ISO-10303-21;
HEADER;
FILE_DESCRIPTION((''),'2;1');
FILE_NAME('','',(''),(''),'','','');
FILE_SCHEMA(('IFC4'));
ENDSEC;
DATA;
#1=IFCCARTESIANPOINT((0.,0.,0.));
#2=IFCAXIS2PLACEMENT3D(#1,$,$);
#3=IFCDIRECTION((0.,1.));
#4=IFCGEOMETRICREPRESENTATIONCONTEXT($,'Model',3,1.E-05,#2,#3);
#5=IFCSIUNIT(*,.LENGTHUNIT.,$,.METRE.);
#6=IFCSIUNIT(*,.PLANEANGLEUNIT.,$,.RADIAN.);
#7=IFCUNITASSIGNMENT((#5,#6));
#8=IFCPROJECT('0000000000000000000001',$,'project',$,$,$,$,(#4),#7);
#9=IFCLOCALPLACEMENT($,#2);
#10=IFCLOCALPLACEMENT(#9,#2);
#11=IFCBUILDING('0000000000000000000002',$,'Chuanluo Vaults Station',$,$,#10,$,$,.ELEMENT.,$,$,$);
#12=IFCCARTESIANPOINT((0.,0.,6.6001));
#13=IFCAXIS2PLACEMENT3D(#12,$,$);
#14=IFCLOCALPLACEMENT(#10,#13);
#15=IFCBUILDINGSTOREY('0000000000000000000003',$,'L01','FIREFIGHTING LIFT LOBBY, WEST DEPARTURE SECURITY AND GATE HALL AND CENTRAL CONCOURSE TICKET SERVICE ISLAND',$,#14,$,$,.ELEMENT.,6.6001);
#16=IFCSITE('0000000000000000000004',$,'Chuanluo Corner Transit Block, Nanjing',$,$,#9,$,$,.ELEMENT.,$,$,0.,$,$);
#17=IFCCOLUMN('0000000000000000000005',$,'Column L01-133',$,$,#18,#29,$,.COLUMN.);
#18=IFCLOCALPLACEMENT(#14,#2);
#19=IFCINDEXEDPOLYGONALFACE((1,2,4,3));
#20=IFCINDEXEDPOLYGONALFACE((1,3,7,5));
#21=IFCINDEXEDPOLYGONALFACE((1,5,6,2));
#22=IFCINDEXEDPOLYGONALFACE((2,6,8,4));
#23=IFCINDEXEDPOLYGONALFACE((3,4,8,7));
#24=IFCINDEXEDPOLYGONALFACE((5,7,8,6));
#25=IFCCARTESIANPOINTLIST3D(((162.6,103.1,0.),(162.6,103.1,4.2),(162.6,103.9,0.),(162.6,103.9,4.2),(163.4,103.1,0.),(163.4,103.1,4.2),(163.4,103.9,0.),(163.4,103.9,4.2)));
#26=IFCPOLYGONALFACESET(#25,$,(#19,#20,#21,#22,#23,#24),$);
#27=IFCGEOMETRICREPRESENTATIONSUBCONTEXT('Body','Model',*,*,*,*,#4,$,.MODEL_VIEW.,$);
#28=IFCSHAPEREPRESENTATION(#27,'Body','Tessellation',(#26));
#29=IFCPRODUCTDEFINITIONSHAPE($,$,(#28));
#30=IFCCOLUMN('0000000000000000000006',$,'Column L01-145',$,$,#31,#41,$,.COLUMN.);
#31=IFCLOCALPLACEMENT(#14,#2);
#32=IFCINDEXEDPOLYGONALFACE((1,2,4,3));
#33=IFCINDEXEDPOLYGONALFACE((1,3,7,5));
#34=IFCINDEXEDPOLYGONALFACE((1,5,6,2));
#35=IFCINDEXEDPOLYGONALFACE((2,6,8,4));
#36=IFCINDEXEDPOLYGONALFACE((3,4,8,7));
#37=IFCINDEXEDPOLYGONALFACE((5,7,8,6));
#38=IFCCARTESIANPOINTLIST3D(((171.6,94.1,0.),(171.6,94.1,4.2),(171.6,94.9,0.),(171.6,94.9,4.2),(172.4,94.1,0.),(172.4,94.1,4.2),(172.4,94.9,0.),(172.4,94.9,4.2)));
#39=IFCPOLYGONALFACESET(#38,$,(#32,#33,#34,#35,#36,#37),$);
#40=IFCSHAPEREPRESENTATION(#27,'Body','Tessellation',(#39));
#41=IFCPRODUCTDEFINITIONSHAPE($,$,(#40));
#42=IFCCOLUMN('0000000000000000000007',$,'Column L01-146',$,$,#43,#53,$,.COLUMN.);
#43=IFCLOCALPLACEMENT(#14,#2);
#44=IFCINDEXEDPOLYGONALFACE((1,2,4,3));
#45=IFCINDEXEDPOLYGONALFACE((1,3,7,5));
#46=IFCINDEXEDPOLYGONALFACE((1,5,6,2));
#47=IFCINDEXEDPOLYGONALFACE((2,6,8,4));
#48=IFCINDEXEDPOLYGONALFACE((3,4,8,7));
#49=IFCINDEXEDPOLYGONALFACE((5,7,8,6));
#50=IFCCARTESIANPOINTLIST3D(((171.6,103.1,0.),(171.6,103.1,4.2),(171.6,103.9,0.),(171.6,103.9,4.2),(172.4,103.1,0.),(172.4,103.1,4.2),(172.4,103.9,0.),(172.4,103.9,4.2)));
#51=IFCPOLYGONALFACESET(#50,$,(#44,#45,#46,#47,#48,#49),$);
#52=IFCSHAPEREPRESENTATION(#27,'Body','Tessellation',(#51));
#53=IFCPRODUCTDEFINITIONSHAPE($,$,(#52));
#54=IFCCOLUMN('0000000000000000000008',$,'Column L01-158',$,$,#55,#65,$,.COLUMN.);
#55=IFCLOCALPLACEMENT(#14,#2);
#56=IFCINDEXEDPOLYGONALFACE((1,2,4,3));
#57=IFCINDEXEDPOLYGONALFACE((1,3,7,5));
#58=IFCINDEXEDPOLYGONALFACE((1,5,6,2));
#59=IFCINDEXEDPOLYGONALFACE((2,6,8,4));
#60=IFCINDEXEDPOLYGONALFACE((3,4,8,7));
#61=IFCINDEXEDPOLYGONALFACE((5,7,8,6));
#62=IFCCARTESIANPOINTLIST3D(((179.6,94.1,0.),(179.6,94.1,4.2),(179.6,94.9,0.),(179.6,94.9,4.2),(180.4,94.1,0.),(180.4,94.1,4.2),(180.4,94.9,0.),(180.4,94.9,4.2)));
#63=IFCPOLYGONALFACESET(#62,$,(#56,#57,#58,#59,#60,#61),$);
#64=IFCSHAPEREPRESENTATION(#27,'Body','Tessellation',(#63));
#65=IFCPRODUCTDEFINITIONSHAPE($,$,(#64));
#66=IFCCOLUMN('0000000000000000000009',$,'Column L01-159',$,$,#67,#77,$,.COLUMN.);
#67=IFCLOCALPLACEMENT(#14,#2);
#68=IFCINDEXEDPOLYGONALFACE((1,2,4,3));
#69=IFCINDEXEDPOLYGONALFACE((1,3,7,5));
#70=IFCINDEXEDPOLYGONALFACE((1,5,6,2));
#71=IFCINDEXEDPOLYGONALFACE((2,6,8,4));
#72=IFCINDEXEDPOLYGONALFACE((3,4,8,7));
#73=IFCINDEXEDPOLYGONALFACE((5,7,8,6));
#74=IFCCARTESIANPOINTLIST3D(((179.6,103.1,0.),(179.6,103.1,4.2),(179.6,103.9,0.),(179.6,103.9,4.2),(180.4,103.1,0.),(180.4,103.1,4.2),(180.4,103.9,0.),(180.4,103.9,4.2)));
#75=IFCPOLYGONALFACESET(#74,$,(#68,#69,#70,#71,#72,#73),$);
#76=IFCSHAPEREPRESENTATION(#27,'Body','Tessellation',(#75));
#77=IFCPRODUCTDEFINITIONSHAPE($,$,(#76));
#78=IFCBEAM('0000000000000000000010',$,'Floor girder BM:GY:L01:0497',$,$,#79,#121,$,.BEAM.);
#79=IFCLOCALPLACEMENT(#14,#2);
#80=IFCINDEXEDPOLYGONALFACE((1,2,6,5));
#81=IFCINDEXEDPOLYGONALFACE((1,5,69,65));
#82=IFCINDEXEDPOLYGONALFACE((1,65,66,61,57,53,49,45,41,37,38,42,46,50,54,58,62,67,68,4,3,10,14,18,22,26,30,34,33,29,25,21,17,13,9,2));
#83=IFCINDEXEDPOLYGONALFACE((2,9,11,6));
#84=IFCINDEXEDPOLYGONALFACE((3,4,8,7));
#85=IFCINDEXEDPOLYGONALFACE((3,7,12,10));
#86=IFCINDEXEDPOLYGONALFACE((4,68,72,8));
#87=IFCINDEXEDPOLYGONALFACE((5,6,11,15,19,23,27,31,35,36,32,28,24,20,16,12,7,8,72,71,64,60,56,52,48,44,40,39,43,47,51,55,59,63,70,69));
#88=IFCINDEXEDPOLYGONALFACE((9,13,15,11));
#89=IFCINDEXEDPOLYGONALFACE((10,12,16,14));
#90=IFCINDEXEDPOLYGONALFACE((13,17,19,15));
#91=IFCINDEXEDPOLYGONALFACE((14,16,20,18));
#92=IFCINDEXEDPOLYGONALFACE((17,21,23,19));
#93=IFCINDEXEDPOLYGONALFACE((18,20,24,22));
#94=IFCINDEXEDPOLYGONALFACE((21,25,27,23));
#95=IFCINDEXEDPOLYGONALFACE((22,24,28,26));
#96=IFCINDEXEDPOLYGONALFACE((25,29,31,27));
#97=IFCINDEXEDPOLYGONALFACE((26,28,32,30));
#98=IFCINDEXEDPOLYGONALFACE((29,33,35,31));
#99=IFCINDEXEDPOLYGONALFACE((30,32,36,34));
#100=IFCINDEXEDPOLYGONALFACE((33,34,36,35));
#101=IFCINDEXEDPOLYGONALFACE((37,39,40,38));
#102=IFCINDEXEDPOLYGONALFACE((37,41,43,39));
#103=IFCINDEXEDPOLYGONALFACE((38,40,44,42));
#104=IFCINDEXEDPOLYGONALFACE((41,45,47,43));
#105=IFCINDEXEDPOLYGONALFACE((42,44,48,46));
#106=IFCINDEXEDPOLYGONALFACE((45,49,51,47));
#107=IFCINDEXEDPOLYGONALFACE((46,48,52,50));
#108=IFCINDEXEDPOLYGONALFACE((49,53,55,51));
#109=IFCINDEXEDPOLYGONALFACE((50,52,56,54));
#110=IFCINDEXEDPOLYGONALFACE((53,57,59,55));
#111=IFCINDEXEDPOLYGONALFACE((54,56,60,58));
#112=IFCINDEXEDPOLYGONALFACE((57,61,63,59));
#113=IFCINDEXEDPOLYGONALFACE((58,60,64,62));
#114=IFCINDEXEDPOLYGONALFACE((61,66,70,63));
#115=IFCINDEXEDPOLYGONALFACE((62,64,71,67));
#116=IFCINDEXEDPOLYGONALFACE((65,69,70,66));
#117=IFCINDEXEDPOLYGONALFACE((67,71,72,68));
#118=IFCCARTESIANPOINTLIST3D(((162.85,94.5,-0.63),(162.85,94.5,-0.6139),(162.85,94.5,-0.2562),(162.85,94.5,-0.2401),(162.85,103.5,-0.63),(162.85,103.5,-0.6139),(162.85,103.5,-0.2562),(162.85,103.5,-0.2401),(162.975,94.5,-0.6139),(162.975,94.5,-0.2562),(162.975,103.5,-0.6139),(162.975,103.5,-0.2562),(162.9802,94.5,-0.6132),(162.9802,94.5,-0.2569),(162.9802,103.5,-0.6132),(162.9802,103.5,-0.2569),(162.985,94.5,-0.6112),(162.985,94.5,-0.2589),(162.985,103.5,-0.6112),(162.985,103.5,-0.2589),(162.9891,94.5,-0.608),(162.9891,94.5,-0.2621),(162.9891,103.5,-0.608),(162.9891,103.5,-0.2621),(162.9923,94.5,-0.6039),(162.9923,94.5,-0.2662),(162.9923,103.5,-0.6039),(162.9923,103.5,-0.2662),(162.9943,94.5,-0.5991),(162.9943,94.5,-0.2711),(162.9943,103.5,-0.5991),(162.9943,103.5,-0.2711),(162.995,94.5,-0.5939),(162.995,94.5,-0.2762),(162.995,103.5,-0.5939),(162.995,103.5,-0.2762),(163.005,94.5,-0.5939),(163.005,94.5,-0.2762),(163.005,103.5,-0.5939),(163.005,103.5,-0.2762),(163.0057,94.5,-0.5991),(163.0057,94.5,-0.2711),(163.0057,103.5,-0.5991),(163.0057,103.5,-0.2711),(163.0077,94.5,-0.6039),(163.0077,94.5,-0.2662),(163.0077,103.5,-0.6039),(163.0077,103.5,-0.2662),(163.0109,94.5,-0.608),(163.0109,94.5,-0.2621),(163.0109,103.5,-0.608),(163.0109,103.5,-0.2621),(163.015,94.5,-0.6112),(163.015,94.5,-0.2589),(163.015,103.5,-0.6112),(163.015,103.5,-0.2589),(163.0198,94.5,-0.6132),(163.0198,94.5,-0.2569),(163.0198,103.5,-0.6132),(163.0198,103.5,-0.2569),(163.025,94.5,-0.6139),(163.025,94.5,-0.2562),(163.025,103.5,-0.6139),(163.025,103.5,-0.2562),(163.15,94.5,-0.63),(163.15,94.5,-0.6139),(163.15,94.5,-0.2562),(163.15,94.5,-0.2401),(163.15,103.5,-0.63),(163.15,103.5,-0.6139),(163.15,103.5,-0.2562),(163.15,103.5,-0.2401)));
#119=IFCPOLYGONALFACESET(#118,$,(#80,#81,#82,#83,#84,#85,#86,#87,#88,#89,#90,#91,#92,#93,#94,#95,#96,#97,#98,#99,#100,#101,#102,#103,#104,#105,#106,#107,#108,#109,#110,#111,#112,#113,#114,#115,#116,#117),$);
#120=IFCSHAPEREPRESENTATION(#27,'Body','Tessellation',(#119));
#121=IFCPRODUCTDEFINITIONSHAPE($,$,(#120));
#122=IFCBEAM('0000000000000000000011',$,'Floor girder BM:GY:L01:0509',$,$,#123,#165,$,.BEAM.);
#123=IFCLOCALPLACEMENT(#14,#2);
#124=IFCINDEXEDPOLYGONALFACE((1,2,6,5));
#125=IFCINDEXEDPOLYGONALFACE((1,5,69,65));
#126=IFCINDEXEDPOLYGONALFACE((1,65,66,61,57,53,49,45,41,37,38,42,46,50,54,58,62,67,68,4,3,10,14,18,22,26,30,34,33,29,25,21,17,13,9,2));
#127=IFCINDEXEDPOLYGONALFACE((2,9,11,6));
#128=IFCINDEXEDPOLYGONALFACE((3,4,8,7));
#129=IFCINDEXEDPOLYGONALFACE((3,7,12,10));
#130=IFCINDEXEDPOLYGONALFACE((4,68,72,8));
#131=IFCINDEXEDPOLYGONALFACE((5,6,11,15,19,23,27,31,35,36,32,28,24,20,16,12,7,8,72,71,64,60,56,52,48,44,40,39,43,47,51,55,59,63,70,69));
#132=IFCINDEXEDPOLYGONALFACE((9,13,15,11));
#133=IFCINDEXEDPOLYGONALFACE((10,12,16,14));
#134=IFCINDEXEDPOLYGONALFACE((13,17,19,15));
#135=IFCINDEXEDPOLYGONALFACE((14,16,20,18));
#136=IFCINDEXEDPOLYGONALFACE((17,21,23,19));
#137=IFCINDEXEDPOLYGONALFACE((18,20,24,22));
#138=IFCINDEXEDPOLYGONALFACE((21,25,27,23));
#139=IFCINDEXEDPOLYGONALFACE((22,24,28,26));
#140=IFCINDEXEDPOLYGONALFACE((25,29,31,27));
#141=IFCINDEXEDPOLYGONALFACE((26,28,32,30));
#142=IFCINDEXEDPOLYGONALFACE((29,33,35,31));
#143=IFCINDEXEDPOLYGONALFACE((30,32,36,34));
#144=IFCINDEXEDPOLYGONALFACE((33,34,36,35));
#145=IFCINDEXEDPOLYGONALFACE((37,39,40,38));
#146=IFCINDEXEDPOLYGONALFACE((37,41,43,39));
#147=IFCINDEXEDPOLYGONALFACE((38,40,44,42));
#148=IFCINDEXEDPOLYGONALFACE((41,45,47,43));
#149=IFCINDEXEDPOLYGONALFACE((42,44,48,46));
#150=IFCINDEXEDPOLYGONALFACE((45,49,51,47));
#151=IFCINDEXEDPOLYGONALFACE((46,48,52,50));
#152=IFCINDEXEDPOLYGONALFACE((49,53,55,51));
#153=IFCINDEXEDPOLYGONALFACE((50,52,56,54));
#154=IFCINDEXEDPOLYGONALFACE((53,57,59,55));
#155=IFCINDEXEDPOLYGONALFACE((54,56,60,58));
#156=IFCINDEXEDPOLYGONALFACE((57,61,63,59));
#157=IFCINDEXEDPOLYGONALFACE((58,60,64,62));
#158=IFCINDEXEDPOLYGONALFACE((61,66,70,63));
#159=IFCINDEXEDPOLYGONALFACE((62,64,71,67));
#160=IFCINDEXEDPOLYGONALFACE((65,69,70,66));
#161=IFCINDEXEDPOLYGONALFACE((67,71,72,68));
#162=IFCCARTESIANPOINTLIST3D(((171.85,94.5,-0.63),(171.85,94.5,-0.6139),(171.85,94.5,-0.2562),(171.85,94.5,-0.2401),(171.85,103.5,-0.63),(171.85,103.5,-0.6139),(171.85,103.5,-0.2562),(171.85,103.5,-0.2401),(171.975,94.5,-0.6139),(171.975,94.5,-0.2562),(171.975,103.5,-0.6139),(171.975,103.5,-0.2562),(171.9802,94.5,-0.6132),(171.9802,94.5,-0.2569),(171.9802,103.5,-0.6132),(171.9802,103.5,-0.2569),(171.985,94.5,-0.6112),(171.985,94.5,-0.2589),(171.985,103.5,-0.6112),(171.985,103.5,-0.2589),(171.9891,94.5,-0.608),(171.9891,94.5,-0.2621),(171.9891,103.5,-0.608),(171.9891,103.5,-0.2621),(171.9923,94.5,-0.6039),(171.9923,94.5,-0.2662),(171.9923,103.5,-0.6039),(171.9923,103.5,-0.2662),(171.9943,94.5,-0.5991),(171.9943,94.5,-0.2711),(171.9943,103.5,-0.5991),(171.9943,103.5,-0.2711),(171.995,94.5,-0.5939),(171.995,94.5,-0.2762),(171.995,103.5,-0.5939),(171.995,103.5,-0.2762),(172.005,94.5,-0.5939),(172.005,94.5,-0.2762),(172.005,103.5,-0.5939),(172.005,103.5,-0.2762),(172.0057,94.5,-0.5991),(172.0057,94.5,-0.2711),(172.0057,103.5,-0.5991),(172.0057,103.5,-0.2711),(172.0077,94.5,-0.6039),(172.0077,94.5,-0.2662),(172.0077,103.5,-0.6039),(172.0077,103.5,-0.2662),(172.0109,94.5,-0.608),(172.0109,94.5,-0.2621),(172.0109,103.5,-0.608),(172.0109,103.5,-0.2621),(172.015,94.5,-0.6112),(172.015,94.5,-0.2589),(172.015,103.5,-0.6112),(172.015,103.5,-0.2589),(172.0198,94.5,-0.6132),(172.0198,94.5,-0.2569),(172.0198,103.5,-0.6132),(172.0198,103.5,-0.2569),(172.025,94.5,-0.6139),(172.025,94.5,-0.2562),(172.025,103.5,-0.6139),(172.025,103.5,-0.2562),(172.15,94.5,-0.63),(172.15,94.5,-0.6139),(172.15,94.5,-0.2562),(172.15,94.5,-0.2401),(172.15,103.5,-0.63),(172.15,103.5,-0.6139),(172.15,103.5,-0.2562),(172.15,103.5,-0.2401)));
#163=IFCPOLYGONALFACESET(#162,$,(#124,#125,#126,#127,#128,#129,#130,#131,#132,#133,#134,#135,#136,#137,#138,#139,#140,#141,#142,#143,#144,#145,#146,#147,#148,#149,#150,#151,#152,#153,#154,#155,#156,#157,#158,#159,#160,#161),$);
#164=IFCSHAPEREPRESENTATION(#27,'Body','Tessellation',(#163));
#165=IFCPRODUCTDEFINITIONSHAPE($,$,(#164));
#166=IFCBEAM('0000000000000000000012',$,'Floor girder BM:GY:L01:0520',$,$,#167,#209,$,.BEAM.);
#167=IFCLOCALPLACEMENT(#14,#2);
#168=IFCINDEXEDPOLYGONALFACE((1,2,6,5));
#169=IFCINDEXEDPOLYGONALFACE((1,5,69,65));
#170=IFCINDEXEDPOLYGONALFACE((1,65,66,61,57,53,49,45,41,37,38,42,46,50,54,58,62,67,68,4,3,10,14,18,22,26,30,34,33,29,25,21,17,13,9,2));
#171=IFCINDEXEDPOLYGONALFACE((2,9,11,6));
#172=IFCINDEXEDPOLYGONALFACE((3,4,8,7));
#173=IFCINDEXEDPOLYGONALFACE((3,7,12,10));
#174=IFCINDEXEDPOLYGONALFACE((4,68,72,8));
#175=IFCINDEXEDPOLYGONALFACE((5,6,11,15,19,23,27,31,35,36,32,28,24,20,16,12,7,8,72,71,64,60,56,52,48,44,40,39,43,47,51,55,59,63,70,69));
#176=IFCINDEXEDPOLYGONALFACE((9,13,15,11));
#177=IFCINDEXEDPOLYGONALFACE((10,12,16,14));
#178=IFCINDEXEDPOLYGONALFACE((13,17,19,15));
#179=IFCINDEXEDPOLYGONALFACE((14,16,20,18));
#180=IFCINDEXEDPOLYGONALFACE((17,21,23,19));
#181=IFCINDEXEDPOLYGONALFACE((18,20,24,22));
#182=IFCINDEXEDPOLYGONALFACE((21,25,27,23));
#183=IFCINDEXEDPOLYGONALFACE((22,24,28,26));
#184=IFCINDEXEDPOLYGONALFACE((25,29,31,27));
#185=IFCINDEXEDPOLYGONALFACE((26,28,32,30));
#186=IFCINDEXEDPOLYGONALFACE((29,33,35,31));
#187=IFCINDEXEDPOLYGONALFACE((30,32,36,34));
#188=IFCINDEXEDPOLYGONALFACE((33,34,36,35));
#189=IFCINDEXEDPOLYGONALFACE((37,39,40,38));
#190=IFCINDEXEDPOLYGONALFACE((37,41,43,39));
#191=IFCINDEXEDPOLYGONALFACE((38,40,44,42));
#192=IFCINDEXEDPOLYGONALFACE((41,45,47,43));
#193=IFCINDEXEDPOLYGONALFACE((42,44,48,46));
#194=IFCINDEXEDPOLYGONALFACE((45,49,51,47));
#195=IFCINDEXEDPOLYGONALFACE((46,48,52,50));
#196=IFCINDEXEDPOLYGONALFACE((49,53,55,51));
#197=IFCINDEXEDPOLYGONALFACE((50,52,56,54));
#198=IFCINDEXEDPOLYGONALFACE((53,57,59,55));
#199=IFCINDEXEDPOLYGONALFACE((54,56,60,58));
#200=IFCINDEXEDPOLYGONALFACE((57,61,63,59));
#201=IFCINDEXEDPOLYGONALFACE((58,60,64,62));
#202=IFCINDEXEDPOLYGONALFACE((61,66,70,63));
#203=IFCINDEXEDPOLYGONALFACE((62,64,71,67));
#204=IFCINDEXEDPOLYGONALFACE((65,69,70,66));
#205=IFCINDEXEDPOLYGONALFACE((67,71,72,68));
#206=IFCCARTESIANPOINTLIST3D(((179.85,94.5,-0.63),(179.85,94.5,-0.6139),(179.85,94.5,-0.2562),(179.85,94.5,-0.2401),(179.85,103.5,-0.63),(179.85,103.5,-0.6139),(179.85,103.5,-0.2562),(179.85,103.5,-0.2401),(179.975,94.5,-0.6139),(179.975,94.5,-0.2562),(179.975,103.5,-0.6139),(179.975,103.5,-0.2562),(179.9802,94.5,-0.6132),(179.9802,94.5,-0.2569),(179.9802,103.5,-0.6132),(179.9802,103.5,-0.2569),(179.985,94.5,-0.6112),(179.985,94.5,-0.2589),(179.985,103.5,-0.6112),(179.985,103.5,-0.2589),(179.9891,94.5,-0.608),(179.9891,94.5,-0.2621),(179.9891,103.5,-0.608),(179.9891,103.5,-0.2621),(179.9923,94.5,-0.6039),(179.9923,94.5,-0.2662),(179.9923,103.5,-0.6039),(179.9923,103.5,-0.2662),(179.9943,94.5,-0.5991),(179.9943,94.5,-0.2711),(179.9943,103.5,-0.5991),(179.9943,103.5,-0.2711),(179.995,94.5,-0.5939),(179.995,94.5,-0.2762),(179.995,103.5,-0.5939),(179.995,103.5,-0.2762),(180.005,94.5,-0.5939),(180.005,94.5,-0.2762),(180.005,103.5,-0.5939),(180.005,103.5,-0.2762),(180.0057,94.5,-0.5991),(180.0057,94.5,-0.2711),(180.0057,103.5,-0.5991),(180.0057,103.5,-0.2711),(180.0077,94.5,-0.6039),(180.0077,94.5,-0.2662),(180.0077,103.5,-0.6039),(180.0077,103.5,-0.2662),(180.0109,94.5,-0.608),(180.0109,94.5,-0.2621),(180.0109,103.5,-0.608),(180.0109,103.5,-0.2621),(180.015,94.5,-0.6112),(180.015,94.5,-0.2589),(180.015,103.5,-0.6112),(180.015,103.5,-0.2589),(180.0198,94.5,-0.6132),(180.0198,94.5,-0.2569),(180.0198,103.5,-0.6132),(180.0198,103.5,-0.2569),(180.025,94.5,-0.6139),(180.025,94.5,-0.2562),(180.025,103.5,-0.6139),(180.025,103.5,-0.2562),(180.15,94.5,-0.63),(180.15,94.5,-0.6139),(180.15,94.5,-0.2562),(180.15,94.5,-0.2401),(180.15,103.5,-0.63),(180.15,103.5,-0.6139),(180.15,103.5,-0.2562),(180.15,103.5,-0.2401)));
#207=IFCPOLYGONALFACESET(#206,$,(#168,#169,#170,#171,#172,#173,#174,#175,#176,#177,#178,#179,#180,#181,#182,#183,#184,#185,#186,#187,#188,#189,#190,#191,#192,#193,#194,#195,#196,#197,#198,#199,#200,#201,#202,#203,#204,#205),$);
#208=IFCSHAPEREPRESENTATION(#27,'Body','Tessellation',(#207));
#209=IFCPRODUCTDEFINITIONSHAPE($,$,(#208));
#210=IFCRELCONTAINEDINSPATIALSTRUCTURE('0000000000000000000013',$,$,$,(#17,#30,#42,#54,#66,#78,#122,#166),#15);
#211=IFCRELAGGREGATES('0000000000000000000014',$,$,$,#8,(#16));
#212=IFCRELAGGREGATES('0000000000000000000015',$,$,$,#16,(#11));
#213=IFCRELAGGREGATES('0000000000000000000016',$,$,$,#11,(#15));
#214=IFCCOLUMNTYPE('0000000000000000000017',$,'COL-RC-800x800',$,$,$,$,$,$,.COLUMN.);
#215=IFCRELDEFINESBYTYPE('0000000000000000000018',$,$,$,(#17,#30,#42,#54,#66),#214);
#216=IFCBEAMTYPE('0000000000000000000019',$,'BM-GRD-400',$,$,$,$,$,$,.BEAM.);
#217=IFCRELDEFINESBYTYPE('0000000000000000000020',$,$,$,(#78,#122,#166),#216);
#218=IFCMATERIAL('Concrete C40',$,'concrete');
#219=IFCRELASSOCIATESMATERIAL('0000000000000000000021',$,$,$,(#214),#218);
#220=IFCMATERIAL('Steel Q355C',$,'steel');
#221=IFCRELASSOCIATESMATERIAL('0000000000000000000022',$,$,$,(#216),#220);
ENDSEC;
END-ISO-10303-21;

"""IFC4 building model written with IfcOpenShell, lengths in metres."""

from ifc_helpers import new_model, si_unit, direction, frame, origin, origin_2d, place, context, subcontext, project, spatial, rectangle, i_section, extrude, material, material_profile, profile_set, type_object, element, save


model = new_model("IFC4")

# Units and contexts
model_context = context("Model", 3, precision=1e-05, world=origin(), true_north=direction((0.0, 1.0)))
body_context = subcontext(model_context, "Body", "Model", "MODEL_VIEW")
ifc_project = project(units=[si_unit("LENGTHUNIT", "METRE"), si_unit("PLANEANGLEUNIT", "RADIAN")], contexts=[model_context])

# Site, building, storey
site_placement = place(None, origin())
site = spatial("IfcSite", under=ifc_project, at=site_placement, Name="Chuanluo Corner Transit Block, Nanjing", CompositionType="ELEMENT", RefElevation=0.0)
building_placement = place(site_placement, origin())
building = spatial("IfcBuilding", under=site, at=building_placement, Name="Chuanluo Vaults Station", CompositionType="ELEMENT")
storey_placement = place(building_placement, frame((0.0, 0.0, 6.6001)))
storey = spatial("IfcBuildingStorey", under=building, at=storey_placement, Name="L01", Description="FIREFIGHTING LIFT LOBBY, WEST DEPARTURE SECURITY AND GATE HALL AND CENTRAL CONCOURSE TICKET SERVICE ISLAND", CompositionType="ELEMENT", Elevation=6.6001)

# Columns
ifc_material_1 = material(Name="Concrete C40", Category="concrete")
ifc_material_profile_1 = material_profile(ifc_material_1, rectangle(XDim=0.8, YDim=0.8, at=origin_2d()))
ifc_profile_set_1 = profile_set([ifc_material_profile_1], Name="Concrete C40")
column_type = type_object("IfcColumnType", Name="COL-RC-800x800", PredefinedType="COLUMN", material=ifc_profile_set_1)
for number, where, z_axis, x_axis, name in (
    (1, (163.0, 103.5, 0.0), (0.0, 0.0, 1.0), (1.0, 0.0, 0.0), "Column L01-133"),
    (2, (172.0, 94.5, 0.0), (0.0, 0.0, 1.0), (1.0, 0.0, 0.0), "Column L01-145"),
    (3, (172.0, 103.5, 0.0), (0.0, 0.0, 1.0), (1.0, 0.0, 0.0), "Column L01-146"),
    (4, (180.0, 94.5, 0.0), (0.0, 0.0, 1.0), (1.0, 0.0, 0.0), "Column L01-158"),
    (5, (180.0, 103.5, 0.0), (0.0, 0.0, 1.0), (1.0, 0.0, 0.0), "Column L01-159"),
):
    element("IfcColumn", number, at=place(storey_placement, frame(where, z_axis=z_axis, x_axis=x_axis)), inside=storey, type_object=column_type, Name=name, PredefinedType="COLUMN", context=body_context, shape_type="SweptSolid", body=[
        extrude(rectangle(XDim=0.8, YDim=0.8, at=origin_2d()), origin(), (0.0, 0.0, 1.0), 4.2),
    ])

# Beams
ifc_material_2 = material(Name="Steel Q355C", Category="steel")
ifc_material_profile_2 = material_profile(ifc_material_2, i_section(OverallWidth=0.3, OverallDepth=0.3899, WebThickness=0.01, FlangeThickness=0.0161, FilletRadius=0.02, at=origin_2d()))
ifc_profile_set_2 = profile_set([ifc_material_profile_2], Name="Steel Q355C")
beam_type_1 = type_object("IfcBeamType", Name="BM-GRD-400", PredefinedType="BEAM", material=ifc_profile_set_2)
for number, where, z_axis, x_axis, name in (
    (6, (163.0, 94.5, -0.4351), (0.0, 1.0, 0.0), (-1.0, 0.0, 0.0), "Floor girder BM:GY:L01:0497"),
    (7, (172.0, 94.5, -0.4351), (0.0, 1.0, 0.0), (-1.0, 0.0, 0.0), "Floor girder BM:GY:L01:0509"),
    (8, (180.0, 94.5, -0.4351), (0.0, 1.0, 0.0), (-1.0, 0.0, 0.0), "Floor girder BM:GY:L01:0520"),
):
    element("IfcBeam", number, at=place(storey_placement, frame(where, z_axis=z_axis, x_axis=x_axis)), inside=storey, type_object=beam_type_1, Name=name, PredefinedType="BEAM", context=body_context, shape_type="SweptSolid", body=[
        extrude(i_section(OverallWidth=0.3, OverallDepth=0.3899, WebThickness=0.01, FlangeThickness=0.0161, FilletRadius=0.02, at=origin_2d()), origin(), (0.0, 0.0, 1.0), 9.0),
    ])

save(model, "model.ifc")
